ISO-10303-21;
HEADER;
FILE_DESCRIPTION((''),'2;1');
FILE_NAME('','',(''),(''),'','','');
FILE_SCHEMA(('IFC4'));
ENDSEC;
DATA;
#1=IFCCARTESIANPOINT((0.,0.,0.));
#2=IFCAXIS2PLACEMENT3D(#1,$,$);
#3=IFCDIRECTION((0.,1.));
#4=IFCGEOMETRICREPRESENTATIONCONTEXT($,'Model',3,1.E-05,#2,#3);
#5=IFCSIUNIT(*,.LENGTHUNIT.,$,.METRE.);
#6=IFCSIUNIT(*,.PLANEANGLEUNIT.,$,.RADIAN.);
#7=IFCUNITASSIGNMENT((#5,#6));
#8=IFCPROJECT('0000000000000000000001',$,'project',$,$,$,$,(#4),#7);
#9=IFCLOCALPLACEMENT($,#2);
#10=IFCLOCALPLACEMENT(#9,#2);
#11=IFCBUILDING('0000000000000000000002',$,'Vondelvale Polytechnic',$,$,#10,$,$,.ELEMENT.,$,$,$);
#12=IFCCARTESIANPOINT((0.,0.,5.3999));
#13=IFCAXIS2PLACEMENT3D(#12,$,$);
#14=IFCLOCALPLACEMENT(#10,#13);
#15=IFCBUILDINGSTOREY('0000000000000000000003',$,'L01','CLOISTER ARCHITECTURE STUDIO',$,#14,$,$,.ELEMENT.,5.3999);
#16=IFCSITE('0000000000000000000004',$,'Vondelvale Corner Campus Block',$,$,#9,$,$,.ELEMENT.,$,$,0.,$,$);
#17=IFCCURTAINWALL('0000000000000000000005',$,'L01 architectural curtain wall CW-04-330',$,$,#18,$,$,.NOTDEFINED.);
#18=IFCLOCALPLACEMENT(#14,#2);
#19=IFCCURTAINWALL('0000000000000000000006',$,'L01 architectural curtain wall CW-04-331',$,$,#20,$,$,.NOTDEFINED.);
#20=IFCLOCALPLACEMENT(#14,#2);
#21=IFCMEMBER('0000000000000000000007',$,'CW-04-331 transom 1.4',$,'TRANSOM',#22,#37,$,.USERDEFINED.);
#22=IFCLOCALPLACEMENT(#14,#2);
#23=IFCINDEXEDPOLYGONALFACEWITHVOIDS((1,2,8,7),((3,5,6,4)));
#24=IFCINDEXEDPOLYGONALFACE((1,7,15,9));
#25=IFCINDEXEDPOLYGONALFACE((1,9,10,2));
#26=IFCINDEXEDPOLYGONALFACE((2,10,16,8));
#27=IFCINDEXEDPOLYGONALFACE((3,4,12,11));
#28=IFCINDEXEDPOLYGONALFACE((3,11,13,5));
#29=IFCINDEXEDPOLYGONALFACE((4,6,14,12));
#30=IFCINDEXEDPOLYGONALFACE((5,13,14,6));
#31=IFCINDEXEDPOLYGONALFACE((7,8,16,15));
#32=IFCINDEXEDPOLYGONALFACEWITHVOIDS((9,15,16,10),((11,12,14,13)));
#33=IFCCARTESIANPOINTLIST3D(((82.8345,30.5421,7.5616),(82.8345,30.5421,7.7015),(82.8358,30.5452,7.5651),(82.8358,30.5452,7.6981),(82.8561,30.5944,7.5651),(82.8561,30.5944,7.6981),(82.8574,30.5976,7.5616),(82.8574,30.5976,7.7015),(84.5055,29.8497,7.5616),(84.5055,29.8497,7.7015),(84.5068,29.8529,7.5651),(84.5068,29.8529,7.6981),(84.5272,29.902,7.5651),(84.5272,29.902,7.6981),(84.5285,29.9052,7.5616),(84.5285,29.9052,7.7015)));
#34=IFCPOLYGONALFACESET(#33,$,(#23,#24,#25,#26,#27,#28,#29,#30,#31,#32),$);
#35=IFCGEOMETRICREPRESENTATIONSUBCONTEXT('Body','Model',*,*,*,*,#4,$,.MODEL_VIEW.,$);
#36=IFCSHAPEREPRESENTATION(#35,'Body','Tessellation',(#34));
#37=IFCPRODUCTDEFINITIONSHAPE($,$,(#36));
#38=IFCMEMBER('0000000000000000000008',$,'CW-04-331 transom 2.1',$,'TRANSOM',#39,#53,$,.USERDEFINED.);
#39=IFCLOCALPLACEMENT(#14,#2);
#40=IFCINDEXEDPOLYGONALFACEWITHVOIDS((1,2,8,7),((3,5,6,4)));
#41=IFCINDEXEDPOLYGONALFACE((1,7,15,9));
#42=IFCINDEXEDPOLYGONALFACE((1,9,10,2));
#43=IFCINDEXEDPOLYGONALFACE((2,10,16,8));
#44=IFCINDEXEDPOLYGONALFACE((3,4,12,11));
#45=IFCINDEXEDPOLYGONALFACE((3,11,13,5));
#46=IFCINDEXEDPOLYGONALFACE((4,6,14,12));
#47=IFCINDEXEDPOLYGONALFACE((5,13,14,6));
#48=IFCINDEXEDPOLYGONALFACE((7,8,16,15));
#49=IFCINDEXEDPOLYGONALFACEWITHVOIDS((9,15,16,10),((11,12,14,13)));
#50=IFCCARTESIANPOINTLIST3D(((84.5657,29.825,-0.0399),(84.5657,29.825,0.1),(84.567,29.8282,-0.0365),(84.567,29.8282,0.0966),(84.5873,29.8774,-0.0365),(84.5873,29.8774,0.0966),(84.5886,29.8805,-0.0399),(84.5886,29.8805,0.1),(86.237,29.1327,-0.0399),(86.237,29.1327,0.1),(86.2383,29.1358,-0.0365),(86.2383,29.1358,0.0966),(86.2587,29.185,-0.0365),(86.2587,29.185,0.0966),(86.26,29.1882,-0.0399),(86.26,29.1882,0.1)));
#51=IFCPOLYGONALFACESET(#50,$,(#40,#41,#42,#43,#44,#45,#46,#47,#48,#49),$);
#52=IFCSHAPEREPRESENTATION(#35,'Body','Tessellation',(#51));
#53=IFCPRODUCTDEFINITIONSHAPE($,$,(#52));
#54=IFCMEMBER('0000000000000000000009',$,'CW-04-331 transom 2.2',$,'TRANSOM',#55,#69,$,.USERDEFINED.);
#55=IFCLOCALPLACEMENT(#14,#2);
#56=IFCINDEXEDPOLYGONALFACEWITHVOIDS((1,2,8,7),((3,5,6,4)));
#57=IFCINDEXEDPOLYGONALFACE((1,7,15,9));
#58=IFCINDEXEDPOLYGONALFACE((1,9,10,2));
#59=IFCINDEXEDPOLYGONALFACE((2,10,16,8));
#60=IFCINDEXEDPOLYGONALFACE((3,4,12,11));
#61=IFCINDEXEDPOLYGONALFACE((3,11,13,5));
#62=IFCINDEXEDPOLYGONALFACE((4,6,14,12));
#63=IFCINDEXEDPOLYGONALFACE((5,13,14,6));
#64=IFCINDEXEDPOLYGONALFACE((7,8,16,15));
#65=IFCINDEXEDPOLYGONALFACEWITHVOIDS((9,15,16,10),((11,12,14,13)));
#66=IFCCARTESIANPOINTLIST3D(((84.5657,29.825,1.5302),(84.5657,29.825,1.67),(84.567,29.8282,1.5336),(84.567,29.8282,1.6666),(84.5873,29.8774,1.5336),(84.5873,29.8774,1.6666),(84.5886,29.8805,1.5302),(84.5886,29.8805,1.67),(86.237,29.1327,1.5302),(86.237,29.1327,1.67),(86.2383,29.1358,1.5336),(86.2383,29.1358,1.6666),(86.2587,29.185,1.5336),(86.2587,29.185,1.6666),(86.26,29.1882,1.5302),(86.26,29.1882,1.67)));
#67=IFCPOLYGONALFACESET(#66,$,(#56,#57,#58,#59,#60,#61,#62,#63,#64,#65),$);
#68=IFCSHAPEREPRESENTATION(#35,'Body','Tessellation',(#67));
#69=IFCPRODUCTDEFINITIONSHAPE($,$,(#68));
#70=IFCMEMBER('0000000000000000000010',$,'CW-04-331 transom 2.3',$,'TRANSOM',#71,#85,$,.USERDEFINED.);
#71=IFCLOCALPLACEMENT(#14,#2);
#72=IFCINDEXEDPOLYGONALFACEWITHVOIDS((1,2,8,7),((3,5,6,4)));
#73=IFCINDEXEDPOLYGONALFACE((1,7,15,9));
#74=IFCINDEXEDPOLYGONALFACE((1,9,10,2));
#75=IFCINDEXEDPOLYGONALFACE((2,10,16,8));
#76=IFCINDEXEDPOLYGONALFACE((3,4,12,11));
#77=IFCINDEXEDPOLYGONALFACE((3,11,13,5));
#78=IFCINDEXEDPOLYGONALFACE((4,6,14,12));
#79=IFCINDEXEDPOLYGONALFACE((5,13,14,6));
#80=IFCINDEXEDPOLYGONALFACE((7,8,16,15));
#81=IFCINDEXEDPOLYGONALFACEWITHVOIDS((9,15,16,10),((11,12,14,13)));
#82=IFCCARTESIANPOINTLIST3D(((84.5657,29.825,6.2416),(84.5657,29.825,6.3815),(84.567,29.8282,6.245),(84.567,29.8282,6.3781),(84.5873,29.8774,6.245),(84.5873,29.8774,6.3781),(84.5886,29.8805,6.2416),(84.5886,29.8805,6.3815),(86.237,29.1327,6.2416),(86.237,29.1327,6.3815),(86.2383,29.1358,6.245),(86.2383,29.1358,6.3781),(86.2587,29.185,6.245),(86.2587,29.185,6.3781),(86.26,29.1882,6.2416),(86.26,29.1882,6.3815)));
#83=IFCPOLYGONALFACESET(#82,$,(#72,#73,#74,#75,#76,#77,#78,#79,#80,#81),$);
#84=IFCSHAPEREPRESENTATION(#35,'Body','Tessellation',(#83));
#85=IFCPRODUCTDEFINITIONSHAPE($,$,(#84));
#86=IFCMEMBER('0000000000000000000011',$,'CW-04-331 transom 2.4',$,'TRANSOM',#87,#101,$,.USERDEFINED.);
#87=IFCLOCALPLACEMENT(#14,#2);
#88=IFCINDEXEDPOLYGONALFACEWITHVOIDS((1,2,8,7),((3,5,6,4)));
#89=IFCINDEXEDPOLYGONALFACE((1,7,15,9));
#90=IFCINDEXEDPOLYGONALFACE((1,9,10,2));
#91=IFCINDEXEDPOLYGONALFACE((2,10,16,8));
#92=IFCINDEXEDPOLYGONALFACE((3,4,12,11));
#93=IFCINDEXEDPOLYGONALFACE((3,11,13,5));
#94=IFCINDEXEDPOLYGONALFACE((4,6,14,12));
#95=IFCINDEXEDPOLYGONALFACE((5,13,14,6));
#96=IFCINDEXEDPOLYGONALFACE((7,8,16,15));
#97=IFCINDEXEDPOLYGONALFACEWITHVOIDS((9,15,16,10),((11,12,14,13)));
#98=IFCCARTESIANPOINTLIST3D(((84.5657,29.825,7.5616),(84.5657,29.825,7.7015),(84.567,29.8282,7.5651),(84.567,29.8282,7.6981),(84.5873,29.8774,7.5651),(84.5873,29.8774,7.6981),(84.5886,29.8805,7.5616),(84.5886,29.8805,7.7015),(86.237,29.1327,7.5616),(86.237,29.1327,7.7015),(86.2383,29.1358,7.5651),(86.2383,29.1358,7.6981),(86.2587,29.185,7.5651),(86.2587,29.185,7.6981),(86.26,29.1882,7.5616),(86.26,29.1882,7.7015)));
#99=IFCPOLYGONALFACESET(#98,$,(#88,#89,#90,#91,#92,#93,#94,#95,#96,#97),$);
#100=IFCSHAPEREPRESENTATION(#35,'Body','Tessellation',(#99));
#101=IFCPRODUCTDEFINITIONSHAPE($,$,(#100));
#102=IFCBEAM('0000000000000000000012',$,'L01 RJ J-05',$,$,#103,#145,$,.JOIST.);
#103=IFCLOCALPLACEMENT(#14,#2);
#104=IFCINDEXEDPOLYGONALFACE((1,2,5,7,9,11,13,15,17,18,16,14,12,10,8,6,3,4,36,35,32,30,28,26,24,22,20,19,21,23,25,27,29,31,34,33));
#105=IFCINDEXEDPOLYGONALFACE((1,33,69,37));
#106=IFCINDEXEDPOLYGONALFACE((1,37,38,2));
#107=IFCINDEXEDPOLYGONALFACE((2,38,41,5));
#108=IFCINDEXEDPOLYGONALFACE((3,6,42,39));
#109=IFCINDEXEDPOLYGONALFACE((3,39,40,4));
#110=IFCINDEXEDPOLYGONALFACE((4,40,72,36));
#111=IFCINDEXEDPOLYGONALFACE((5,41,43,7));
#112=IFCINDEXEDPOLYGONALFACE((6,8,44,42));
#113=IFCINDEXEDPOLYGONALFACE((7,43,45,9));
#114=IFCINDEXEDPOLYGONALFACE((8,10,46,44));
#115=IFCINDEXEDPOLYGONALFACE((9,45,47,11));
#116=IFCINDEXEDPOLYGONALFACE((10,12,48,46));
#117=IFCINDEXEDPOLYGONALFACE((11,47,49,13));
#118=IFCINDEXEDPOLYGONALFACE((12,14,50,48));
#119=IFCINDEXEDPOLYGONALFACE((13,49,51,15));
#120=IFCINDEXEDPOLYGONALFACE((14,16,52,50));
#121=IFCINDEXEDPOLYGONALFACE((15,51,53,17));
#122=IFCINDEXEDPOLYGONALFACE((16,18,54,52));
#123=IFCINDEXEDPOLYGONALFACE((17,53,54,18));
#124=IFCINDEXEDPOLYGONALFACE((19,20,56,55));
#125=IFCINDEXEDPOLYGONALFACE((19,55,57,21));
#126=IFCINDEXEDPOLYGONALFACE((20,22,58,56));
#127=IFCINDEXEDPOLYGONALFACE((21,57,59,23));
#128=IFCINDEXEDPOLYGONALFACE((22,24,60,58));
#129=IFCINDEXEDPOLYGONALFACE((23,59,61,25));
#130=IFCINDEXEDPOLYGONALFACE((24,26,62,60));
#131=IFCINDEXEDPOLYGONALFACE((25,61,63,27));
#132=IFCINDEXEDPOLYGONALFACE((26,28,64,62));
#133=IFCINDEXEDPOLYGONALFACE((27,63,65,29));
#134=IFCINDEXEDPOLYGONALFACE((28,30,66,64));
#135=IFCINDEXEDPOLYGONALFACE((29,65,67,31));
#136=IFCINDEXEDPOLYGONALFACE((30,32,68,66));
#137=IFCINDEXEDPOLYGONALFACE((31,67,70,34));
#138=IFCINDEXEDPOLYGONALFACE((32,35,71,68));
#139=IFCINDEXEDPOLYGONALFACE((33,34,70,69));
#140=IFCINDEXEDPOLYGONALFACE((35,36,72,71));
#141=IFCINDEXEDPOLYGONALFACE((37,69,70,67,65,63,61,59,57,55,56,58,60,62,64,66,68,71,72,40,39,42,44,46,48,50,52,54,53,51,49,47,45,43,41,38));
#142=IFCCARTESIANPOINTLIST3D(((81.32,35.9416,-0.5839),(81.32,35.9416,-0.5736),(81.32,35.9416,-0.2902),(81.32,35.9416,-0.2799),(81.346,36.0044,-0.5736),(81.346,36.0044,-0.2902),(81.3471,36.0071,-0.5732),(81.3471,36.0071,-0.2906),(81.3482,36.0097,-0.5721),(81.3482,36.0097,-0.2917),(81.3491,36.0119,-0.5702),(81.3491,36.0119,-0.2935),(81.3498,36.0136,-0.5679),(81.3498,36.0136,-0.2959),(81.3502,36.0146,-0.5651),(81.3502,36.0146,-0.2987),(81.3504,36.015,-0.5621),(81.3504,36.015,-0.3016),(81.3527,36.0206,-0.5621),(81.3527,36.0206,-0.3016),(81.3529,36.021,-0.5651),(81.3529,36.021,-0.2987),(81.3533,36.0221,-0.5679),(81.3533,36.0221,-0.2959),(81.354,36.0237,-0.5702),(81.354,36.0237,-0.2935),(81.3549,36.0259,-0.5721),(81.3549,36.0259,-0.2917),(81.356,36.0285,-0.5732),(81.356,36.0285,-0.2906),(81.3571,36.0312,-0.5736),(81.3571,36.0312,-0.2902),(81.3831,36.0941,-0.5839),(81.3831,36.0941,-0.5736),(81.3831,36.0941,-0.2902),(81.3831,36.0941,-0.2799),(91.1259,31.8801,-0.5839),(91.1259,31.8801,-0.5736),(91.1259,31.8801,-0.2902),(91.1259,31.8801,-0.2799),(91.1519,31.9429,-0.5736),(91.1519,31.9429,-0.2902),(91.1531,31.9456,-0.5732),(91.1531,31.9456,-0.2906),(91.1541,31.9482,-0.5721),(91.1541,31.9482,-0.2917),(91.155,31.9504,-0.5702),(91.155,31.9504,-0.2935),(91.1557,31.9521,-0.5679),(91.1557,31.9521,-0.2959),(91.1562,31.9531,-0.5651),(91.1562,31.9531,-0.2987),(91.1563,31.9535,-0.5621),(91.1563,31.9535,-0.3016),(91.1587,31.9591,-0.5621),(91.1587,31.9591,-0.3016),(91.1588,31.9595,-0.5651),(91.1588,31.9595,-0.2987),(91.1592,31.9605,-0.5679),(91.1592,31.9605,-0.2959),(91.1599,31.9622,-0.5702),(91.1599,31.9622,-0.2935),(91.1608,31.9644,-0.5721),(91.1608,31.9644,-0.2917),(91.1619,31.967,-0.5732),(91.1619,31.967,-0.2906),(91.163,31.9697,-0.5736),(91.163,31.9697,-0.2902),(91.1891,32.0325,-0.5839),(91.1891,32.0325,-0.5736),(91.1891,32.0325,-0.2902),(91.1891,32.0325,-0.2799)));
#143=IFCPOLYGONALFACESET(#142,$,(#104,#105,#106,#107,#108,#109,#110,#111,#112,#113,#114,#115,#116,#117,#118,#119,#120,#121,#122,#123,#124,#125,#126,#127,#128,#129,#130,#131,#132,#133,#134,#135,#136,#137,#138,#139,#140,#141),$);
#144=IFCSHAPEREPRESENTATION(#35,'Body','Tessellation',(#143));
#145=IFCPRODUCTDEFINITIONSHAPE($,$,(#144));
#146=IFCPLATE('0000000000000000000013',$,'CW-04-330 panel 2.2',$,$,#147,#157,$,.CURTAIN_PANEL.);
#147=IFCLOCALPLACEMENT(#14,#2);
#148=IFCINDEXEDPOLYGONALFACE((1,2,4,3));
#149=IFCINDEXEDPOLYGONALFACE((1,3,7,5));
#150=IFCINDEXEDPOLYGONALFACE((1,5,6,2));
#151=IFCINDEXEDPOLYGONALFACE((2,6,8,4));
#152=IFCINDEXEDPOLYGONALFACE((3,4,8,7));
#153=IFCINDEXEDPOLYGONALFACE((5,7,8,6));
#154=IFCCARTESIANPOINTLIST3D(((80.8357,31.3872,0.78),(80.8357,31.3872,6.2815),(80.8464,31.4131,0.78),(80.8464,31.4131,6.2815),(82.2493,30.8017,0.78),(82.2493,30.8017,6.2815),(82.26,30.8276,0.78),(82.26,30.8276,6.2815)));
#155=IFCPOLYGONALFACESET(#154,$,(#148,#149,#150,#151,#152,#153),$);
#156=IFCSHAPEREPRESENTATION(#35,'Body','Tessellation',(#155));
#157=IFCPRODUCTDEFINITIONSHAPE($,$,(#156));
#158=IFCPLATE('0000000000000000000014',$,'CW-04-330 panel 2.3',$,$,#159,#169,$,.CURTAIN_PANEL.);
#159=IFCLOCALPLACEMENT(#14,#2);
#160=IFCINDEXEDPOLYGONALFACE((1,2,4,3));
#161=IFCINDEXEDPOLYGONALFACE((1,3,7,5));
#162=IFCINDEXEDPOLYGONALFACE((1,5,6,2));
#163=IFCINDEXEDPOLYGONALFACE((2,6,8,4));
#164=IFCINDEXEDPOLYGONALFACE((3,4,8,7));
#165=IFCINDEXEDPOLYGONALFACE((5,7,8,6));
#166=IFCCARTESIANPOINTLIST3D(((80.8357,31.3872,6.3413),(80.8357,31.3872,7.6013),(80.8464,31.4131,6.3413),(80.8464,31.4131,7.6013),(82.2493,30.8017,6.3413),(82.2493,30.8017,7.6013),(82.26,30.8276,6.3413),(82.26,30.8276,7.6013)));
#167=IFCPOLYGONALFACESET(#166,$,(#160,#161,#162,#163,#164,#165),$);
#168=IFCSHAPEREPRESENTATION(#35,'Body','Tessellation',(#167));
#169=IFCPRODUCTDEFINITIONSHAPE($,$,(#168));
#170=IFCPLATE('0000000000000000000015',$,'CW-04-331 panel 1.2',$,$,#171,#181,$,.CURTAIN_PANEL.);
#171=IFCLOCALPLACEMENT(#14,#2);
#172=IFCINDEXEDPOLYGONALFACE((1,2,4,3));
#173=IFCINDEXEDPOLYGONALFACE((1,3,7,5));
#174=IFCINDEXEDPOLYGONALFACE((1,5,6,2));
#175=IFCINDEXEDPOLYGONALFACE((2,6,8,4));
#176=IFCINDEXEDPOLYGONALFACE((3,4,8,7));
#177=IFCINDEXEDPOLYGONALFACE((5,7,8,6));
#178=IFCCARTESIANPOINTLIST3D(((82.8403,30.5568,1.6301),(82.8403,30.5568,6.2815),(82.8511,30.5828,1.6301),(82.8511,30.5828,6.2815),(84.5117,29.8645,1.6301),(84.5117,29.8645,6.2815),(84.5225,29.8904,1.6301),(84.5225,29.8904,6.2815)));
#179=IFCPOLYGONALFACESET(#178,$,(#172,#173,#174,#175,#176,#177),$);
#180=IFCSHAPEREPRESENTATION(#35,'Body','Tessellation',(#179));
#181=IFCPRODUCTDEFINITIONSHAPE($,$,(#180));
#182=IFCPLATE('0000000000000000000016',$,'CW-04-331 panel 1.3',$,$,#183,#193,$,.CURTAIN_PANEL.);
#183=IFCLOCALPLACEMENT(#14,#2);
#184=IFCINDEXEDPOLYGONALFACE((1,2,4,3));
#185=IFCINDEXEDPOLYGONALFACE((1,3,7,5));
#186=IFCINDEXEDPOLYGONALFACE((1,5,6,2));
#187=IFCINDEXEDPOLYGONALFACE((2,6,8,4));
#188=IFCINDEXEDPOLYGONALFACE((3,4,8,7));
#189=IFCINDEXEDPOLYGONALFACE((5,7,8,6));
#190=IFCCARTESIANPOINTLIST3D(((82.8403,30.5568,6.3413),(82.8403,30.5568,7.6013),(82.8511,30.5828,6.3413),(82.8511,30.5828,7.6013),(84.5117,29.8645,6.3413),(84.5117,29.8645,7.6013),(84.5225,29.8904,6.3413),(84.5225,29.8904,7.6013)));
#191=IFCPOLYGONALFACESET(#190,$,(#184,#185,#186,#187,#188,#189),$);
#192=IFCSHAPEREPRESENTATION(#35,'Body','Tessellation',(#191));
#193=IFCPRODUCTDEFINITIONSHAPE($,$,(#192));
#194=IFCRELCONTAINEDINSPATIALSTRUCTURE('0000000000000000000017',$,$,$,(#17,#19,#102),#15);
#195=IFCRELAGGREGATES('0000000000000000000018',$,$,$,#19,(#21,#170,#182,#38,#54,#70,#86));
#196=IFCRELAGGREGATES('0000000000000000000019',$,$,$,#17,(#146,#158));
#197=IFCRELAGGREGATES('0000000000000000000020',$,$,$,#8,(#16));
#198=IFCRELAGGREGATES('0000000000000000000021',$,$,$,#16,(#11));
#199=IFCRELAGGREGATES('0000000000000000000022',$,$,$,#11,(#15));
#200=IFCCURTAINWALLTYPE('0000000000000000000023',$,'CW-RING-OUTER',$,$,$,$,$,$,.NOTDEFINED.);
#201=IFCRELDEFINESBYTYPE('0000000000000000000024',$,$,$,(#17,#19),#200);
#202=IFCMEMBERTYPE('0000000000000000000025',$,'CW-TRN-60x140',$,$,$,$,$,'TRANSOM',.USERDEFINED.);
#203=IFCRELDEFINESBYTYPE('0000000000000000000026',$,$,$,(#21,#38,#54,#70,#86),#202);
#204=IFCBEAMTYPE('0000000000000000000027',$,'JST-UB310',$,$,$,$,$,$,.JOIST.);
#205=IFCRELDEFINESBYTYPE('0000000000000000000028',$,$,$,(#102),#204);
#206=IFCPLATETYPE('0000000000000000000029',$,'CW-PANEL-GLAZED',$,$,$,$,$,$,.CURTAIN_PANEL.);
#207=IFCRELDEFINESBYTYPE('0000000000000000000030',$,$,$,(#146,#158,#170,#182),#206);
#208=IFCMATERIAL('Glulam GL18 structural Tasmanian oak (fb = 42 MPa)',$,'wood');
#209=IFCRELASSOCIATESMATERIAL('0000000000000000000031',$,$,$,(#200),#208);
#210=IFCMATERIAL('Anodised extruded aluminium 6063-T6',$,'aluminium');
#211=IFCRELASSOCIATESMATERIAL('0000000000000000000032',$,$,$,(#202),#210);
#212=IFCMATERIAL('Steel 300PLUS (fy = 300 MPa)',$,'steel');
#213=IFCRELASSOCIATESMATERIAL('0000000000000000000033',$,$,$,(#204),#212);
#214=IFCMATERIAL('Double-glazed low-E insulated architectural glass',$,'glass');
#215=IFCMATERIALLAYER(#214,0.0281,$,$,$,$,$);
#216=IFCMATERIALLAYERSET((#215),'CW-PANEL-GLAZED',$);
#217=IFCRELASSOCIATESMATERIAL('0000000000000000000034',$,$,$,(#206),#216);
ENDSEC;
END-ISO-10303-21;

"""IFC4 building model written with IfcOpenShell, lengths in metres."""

from ifc_helpers import new_model, si_unit, direction, frame, origin, origin_2d, place, context, subcontext, project, spatial, rectangle, hollow_rectangle, i_section, extrude, material, layer, layer_set, material_profile, profile_set, type_object, element, aggregate, save


model = new_model("IFC4")

# Units and contexts
model_context = context("Model", 3, precision=1e-05, world=origin(), true_north=direction((0.0, 1.0)))
body_context = subcontext(model_context, "Body", "Model", "MODEL_VIEW")
ifc_project = project(units=[si_unit("LENGTHUNIT", "METRE"), si_unit("PLANEANGLEUNIT", "RADIAN")], contexts=[model_context])

# Site, building, storey
site_placement = place(None, origin())
site = spatial("IfcSite", under=ifc_project, at=site_placement, Name="Vondelvale Corner Campus Block", CompositionType="ELEMENT", RefElevation=0.0)
building_placement = place(site_placement, origin())
building = spatial("IfcBuilding", under=site, at=building_placement, Name="Vondelvale Polytechnic", CompositionType="ELEMENT")
storey_placement = place(building_placement, frame((0.0, 0.0, 5.3999)))
storey = spatial("IfcBuildingStorey", under=building, at=storey_placement, Name="L01", Description="CLOISTER ARCHITECTURE STUDIO", CompositionType="ELEMENT", Elevation=5.3999)

# Shared definitions
ifc_material_1 = material(Name="Glulam GL18 structural Tasmanian oak (fb = 42 MPa)", Category="wood")

# Curtain wall
curtain_wall_type = type_object("IfcCurtainWallType", Name="CW-RING-OUTER", PredefinedType="NOTDEFINED", material=ifc_material_1)
curtain_wall_1_placement = place(storey_placement, origin())
curtain_wall_1 = element("IfcCurtainWall", 1, at=curtain_wall_1_placement, inside=storey, type_object=curtain_wall_type, Name="L01 architectural curtain wall CW-04-330", PredefinedType="NOTDEFINED")
ifc_material_2 = material(Name="Anodised extruded aluminium 6063-T6", Category="aluminium")

# Curtain wall
curtain_wall_2_placement = place(storey_placement, origin())
curtain_wall_2 = element("IfcCurtainWall", 2, at=curtain_wall_2_placement, inside=storey, type_object=curtain_wall_type, Name="L01 architectural curtain wall CW-04-331", PredefinedType="NOTDEFINED")

# Members
ifc_material_profile_1 = material_profile(ifc_material_2, hollow_rectangle(XDim=0.0601, YDim=0.1399, WallThickness=0.0034, at=origin_2d()), Name="CW-TRN-140x60")
ifc_profile_set_1 = profile_set([ifc_material_profile_1], Name="Anodised extruded aluminium 6063-T6")
member_type_1 = type_object("IfcMemberType", Name="CW-TRN-60x140", ElementType="TRANSOM", PredefinedType="USERDEFINED", material=ifc_profile_set_1)
member_1_placement = place(storey_placement, frame((82.8459, 30.5698, 7.6316), z_axis=(0.923846, -0.382765, 0.0), x_axis=(0.382765, 0.923846, 0.0)))
member_1 = element("IfcMember", 3, at=member_1_placement, type_object=member_type_1, Name="CW-04-331 transom 1.4", ObjectType="TRANSOM", PredefinedType="USERDEFINED", context=body_context, shape_type="SweptSolid", body=[
    extrude(hollow_rectangle(XDim=0.0601, YDim=0.1399, WallThickness=0.0034, at=origin_2d()), origin(), (0.0, 0.0, 1.0), 1.8088),
])
member_2_placement = place(storey_placement, frame((84.5771, 29.8528, 0.03), z_axis=(0.923866, -0.382717, 0.0), x_axis=(0.382717, 0.923866, 0.0)))
member_2 = element("IfcMember", 4, at=member_2_placement, type_object=member_type_1, Name="CW-04-331 transom 2.1", ObjectType="TRANSOM", PredefinedType="USERDEFINED", context=body_context, shape_type="SweptSolid", body=[
    extrude(hollow_rectangle(XDim=0.0601, YDim=0.1399, WallThickness=0.0034, at=origin_2d()), origin(), (0.0, 0.0, 1.0), 1.8091),
])
member_3_placement = place(storey_placement, frame((84.5771, 29.8528, 1.6001), z_axis=(0.923866, -0.382717, 0.0), x_axis=(0.382717, 0.923866, 0.0)))
member_3 = element("IfcMember", 5, at=member_3_placement, type_object=member_type_1, Name="CW-04-331 transom 2.2", ObjectType="TRANSOM", PredefinedType="USERDEFINED", context=body_context, shape_type="SweptSolid", body=[
    extrude(hollow_rectangle(XDim=0.0601, YDim=0.1399, WallThickness=0.0034, at=origin_2d()), origin(), (0.0, 0.0, 1.0), 1.8091),
])
member_4_placement = place(storey_placement, frame((84.5771, 29.8528, 6.3115), z_axis=(0.923866, -0.382717, 0.0), x_axis=(0.382717, 0.923866, 0.0)))
member_4 = element("IfcMember", 6, at=member_4_placement, type_object=member_type_1, Name="CW-04-331 transom 2.3", ObjectType="TRANSOM", PredefinedType="USERDEFINED", context=body_context, shape_type="SweptSolid", body=[
    extrude(hollow_rectangle(XDim=0.0601, YDim=0.1399, WallThickness=0.0034, at=origin_2d()), origin(), (0.0, 0.0, 1.0), 1.8091),
])
member_5_placement = place(storey_placement, frame((84.5771, 29.8528, 7.6316), z_axis=(0.923866, -0.382717, 0.0), x_axis=(0.382717, 0.923866, 0.0)))
member_5 = element("IfcMember", 7, at=member_5_placement, type_object=member_type_1, Name="CW-04-331 transom 2.4", ObjectType="TRANSOM", PredefinedType="USERDEFINED", context=body_context, shape_type="SweptSolid", body=[
    extrude(hollow_rectangle(XDim=0.0601, YDim=0.1399, WallThickness=0.0034, at=origin_2d()), origin(), (0.0, 0.0, 1.0), 1.8091),
])

# Beam
ifc_material_3 = material(Name="Steel 300PLUS (fy = 300 MPa)", Category="steel")
ifc_material_profile_2 = material_profile(ifc_material_3, i_section(OverallWidth=0.165, OverallDepth=0.304, WebThickness=0.0061, FlangeThickness=0.0103, FilletRadius=0.0115, at=origin_2d()), Name="310UB40.4")
ifc_profile_set_2 = profile_set([ifc_material_profile_2], Name="Steel 300PLUS (fy = 300 MPa)")
beam_type = type_object("IfcBeamType", Name="JST-UB310", PredefinedType="JOIST", material=ifc_profile_set_2)
beam_placement = place(storey_placement, frame((81.3516, 36.0178, -0.4319), z_axis=(0.923887, -0.382666, 0.0), x_axis=(0.382666, 0.923887, 0.0)))
element("IfcBeam", 8, at=beam_placement, inside=storey, type_object=beam_type, Name="L01 RJ J-05", PredefinedType="JOIST", context=body_context, shape_type="SweptSolid", body=[
    extrude(i_section(OverallWidth=0.165, OverallDepth=0.304, WebThickness=0.0061, FlangeThickness=0.0103, FilletRadius=0.0115, at=origin_2d()), origin(), (0.0, 0.0, 1.0), 10.6138),
])

# Plates
ifc_material_4 = material(Name="Double-glazed low-E insulated architectural glass", Category="glass")
ifc_layer_1 = layer(ifc_material_4, 0.0281)
ifc_layer_set_1 = layer_set([ifc_layer_1], Name="CW-PANEL-GLAZED")
plate_type_1 = type_object("IfcPlateType", Name="CW-PANEL-GLAZED", PredefinedType="CURTAIN_PANEL", material=ifc_layer_set_1)
plate_1_placement = place(storey_placement, frame((81.5479, 31.1074, 0.78), z_axis=(0.0, 0.0, 1.0), x_axis=(0.923882, -0.382677, 0.0)))
plate_1 = element("IfcPlate", 9, at=plate_1_placement, type_object=plate_type_1, Name="CW-04-330 panel 2.2", PredefinedType="CURTAIN_PANEL", context=body_context, shape_type="SweptSolid", body=[
    extrude(rectangle(XDim=1.53, YDim=0.0281, at=origin_2d()), origin(), (0.0, 0.0, 1.0), 5.5015),
])
plate_2_placement = place(storey_placement, frame((81.5479, 31.1074, 6.3413), z_axis=(0.0, 0.0, 1.0), x_axis=(0.923882, -0.382677, 0.0)))
plate_2 = element("IfcPlate", 10, at=plate_2_placement, type_object=plate_type_1, Name="CW-04-330 panel 2.3", PredefinedType="CURTAIN_PANEL", context=body_context, shape_type="SweptSolid", body=[
    extrude(rectangle(XDim=1.53, YDim=0.0281, at=origin_2d()), origin(), (0.0, 0.0, 1.0), 1.26),
])
plate_3_placement = place(storey_placement, frame((83.6814, 30.2236, 1.6301), z_axis=(0.0, 0.0, 1.0), x_axis=(0.923875, -0.382695, 0.0)))
plate_3 = element("IfcPlate", 11, at=plate_3_placement, type_object=plate_type_1, Name="CW-04-331 panel 1.2", PredefinedType="CURTAIN_PANEL", context=body_context, shape_type="SweptSolid", body=[
    extrude(rectangle(XDim=1.8091, YDim=0.0281, at=origin_2d()), origin(), (0.0, 0.0, 1.0), 4.6514),
])
plate_4_placement = place(storey_placement, frame((83.6814, 30.2236, 6.3413), z_axis=(0.0, 0.0, 1.0), x_axis=(0.923875, -0.382695, 0.0)))
plate_4 = element("IfcPlate", 12, at=plate_4_placement, type_object=plate_type_1, Name="CW-04-331 panel 1.3", PredefinedType="CURTAIN_PANEL", context=body_context, shape_type="SweptSolid", body=[
    extrude(rectangle(XDim=1.8091, YDim=0.0281, at=origin_2d()), origin(), (0.0, 0.0, 1.0), 1.26),
])
aggregate(curtain_wall_2, [member_1, plate_3, plate_4, member_2, member_3, member_4, member_5])
aggregate(curtain_wall_1, [plate_1, plate_2])

save(model, "model.ifc")
